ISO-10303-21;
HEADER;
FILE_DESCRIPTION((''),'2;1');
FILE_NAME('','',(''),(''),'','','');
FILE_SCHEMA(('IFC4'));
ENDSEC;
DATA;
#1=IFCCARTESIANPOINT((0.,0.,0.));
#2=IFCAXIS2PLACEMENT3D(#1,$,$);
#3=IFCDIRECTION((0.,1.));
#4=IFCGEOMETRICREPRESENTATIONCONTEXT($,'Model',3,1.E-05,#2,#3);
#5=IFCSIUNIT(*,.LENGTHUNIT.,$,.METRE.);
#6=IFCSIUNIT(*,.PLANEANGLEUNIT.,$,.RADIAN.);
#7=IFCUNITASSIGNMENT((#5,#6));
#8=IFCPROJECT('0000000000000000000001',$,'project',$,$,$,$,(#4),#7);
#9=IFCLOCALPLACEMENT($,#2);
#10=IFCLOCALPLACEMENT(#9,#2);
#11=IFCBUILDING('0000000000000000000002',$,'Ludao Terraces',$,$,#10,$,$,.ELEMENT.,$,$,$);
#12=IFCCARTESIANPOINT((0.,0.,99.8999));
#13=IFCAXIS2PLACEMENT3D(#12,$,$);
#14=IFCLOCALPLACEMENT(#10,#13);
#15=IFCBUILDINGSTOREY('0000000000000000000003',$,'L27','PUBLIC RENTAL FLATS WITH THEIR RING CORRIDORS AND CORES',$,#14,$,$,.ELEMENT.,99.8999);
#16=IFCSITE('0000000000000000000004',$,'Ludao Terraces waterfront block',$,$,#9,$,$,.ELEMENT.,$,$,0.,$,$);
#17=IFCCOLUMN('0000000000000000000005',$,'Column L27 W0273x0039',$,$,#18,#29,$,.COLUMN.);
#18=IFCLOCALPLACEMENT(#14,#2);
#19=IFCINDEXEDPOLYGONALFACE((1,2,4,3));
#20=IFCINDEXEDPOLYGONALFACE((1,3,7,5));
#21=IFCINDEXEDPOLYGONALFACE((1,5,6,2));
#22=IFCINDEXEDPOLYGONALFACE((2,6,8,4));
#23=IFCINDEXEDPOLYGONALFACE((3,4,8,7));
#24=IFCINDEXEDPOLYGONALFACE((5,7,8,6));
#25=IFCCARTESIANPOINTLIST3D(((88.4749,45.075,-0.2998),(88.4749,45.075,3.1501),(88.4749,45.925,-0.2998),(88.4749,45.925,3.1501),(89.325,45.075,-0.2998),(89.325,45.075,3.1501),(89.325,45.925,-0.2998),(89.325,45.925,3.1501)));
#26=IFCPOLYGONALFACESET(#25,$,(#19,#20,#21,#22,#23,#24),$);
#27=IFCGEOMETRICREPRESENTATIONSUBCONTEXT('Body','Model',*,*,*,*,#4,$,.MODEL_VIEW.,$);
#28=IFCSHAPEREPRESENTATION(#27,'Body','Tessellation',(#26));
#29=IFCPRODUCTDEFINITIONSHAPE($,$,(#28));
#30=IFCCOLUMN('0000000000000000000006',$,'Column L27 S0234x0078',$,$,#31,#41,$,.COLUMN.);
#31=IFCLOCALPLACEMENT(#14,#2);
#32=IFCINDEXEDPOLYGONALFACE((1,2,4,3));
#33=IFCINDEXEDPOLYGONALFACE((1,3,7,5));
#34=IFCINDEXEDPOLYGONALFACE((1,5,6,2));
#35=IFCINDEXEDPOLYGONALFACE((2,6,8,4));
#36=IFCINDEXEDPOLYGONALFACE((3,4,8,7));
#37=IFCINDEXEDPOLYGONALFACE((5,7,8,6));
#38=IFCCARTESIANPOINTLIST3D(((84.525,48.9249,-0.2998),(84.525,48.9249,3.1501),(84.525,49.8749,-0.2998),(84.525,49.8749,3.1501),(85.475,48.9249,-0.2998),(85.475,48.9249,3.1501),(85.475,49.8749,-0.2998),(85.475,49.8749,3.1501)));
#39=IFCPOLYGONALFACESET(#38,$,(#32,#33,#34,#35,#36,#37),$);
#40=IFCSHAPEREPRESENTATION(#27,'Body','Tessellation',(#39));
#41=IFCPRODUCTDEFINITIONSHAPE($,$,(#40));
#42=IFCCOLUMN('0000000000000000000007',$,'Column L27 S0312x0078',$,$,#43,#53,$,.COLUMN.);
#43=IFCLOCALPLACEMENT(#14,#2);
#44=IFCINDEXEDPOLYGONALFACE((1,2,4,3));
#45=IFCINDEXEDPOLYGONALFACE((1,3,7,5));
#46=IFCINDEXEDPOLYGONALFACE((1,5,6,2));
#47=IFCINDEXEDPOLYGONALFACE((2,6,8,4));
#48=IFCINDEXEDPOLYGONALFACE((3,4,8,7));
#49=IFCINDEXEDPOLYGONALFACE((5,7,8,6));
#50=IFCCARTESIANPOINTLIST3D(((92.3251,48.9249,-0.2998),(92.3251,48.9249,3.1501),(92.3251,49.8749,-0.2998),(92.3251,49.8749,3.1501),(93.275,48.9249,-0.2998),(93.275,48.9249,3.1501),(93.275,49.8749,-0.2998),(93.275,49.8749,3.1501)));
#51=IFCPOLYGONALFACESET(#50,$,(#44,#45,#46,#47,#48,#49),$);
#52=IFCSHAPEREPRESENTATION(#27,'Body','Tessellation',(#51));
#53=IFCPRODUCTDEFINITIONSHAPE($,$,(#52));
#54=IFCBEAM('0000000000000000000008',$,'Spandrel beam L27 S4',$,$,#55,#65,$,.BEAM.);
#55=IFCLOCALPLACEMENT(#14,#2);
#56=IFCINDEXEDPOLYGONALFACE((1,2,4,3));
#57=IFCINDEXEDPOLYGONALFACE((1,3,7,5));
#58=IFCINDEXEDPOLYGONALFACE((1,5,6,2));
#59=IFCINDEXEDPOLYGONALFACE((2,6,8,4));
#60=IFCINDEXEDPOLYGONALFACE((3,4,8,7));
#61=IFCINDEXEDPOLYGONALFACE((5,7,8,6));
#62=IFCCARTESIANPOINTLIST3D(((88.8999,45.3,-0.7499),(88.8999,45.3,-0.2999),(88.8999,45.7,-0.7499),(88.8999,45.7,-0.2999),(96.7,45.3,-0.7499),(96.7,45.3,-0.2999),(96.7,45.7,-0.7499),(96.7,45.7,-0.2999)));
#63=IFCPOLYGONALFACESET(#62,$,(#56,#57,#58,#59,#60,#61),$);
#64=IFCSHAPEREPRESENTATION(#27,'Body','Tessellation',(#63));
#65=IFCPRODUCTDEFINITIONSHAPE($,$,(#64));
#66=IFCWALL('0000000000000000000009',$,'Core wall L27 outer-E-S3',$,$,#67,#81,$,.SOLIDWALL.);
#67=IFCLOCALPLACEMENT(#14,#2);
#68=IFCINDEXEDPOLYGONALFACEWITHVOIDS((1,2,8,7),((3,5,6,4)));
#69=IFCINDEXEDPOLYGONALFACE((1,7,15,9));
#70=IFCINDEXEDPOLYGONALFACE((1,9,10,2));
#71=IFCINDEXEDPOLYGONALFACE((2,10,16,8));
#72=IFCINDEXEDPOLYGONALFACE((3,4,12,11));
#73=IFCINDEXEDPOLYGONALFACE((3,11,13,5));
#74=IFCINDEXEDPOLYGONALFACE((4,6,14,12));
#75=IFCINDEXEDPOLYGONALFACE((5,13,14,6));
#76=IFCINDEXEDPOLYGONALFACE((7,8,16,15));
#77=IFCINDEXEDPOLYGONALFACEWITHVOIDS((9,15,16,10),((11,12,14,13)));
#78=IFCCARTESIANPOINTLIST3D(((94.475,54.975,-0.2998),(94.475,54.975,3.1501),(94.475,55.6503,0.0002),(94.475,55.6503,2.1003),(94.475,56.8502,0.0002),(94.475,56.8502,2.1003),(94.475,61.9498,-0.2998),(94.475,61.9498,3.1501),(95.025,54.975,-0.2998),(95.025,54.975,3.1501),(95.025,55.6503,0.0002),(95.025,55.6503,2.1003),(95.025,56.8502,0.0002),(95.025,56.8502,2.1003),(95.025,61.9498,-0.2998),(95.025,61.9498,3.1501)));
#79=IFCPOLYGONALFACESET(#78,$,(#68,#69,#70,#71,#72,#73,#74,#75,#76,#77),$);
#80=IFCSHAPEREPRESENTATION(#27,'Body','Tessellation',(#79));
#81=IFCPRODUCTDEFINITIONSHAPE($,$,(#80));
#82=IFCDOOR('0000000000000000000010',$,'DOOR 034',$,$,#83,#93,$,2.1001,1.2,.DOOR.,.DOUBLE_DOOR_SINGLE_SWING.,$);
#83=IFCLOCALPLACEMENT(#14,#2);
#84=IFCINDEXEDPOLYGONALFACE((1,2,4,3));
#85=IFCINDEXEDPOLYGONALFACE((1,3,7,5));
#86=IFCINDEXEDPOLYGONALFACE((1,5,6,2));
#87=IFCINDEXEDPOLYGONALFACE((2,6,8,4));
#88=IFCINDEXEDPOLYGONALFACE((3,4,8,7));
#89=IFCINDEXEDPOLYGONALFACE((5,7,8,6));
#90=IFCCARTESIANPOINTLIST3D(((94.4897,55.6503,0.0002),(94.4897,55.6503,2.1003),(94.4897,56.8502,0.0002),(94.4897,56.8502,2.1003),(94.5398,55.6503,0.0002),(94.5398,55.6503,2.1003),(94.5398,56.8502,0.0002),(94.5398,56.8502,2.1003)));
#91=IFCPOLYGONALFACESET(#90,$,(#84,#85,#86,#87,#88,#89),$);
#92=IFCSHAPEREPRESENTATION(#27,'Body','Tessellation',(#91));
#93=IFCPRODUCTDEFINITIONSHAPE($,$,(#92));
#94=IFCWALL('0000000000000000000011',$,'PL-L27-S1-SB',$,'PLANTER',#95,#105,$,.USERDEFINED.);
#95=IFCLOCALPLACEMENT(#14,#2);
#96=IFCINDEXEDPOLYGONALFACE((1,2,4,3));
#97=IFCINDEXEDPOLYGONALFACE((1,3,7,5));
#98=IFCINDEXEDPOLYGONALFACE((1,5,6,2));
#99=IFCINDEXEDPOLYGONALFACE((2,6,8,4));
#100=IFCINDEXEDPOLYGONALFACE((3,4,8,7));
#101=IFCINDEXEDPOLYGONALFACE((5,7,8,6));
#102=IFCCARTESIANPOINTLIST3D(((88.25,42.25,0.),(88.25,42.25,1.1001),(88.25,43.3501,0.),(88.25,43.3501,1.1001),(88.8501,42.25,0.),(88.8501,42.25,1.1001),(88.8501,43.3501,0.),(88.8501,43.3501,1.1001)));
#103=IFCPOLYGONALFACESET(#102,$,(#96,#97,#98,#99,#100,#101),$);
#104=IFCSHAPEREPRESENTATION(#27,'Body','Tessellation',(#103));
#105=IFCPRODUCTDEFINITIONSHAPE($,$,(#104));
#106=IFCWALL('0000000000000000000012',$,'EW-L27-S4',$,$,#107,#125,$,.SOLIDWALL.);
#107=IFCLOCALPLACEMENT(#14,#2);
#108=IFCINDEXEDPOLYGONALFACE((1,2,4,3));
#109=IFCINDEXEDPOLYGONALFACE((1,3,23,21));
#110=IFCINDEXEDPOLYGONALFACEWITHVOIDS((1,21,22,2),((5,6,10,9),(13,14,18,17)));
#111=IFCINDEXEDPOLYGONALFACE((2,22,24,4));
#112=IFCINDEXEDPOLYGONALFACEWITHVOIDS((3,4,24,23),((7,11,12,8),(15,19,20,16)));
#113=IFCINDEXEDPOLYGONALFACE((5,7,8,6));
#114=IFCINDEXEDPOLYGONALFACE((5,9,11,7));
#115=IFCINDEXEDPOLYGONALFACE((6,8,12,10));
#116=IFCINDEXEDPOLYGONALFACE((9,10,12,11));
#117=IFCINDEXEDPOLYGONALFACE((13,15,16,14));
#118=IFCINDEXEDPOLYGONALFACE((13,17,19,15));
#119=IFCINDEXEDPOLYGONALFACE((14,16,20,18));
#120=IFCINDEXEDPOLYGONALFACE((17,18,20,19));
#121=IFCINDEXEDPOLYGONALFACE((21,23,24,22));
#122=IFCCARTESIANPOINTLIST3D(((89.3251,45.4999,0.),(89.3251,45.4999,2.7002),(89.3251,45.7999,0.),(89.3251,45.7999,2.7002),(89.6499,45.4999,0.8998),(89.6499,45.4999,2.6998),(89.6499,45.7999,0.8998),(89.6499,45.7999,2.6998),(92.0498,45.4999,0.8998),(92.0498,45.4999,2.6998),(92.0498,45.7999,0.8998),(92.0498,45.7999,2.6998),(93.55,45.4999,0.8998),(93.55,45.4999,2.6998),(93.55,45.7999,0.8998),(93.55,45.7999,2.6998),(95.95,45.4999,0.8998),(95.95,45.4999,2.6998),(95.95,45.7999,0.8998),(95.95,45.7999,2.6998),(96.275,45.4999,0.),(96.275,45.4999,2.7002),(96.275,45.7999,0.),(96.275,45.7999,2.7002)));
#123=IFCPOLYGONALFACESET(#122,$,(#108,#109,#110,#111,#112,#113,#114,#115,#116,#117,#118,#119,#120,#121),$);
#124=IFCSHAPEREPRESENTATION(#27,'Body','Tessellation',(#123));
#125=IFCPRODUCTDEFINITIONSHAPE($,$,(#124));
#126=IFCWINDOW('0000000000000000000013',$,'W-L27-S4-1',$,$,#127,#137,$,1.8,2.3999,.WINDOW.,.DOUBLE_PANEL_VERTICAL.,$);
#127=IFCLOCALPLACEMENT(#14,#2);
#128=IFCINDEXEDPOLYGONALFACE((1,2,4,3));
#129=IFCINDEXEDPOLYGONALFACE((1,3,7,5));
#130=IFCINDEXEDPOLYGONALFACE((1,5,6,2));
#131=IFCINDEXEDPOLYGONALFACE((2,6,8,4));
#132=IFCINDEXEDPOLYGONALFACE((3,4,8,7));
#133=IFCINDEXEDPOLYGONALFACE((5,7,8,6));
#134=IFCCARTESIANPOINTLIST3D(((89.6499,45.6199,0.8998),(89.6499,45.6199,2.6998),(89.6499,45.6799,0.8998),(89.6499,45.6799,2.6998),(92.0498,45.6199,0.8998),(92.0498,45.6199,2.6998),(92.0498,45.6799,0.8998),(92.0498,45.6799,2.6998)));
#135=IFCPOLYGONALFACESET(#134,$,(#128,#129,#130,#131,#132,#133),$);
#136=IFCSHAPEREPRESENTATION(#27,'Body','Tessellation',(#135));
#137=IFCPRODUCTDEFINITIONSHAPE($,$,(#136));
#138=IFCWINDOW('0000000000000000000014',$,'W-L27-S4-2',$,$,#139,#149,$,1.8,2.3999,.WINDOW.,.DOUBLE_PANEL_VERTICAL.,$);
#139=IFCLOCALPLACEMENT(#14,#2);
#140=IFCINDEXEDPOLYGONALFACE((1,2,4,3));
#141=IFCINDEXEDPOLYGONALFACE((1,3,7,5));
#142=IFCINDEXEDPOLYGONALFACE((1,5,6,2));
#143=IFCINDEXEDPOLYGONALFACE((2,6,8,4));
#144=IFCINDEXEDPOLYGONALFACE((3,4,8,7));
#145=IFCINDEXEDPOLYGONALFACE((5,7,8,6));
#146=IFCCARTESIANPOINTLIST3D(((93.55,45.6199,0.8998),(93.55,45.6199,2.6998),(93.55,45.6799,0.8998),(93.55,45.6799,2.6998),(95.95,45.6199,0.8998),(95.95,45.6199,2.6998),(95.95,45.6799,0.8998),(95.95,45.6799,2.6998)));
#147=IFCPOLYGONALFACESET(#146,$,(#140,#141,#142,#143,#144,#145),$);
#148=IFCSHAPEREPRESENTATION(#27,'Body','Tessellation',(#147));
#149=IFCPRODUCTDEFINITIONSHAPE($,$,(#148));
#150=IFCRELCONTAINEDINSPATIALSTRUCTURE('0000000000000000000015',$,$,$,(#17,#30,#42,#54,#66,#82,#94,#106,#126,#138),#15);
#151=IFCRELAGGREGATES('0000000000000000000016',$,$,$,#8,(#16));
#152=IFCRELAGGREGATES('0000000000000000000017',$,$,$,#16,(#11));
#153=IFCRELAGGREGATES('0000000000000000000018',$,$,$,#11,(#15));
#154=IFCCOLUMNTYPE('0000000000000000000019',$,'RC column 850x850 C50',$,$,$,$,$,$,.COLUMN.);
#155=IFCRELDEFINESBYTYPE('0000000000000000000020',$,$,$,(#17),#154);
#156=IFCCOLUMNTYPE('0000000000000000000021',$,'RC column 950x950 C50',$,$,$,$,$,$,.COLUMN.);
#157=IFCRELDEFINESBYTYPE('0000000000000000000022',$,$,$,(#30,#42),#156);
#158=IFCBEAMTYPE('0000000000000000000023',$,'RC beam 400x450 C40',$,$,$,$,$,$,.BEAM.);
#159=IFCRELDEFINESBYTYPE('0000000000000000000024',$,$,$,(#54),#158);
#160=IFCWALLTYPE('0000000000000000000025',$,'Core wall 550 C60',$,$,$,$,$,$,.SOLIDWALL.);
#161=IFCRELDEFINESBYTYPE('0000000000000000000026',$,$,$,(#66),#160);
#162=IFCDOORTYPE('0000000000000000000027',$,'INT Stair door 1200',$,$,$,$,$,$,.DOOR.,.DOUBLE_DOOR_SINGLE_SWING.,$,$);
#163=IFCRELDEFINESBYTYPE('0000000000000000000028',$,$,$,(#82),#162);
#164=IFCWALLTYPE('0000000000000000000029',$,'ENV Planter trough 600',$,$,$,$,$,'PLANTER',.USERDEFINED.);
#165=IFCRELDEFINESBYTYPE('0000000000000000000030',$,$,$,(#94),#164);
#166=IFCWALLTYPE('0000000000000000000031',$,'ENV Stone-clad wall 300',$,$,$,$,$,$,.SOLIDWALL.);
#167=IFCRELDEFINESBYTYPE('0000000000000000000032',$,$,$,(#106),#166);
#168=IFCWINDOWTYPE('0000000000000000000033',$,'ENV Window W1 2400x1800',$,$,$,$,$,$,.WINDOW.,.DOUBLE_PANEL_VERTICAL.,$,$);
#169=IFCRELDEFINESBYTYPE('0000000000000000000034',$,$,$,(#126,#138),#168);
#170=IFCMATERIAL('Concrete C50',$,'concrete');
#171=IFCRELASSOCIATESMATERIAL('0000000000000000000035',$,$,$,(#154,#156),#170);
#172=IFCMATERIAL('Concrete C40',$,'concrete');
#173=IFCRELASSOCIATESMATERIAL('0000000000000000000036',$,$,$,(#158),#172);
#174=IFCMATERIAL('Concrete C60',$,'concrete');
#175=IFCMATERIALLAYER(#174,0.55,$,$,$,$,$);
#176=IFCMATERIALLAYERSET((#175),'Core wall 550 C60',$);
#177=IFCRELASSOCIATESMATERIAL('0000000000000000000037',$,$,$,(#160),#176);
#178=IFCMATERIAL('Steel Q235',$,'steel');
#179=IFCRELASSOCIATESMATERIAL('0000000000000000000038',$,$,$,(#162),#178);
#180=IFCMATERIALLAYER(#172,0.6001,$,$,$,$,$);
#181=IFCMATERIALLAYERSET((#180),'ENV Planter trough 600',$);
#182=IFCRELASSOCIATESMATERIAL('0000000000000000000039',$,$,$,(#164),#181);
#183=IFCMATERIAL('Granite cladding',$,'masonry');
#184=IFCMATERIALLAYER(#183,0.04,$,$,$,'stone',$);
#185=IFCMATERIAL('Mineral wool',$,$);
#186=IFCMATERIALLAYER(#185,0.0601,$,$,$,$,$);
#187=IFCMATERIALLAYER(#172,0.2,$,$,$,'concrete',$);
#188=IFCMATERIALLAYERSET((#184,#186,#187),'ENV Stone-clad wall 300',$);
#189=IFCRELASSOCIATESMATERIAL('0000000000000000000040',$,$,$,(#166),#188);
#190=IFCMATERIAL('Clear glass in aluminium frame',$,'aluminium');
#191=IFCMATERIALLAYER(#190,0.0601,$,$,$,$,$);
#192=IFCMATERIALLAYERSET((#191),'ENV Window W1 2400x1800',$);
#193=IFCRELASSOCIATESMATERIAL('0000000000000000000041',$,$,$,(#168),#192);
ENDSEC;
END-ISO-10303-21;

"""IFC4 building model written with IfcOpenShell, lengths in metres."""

from ifc_helpers import new_model, si_unit, direction, frame, frame_2d, origin, origin_2d, place, context, subcontext, project, spatial, rectangle, extrude, material, layer, layer_set, material_profile, profile_set, type_object, element, fill, save


model = new_model("IFC4")

# Units and contexts
model_context = context("Model", 3, precision=1e-05, world=origin(), true_north=direction((0.0, 1.0)))
body_context = subcontext(model_context, "Body", "Model", "MODEL_VIEW")
ifc_project = project(units=[si_unit("LENGTHUNIT", "METRE"), si_unit("PLANEANGLEUNIT", "RADIAN")], contexts=[model_context])

# Site, building, storey
site_placement = place(None, origin())
site = spatial("IfcSite", under=ifc_project, at=site_placement, Name="Ludao Terraces waterfront block", CompositionType="ELEMENT", RefElevation=0.0)
building_placement = place(site_placement, origin())
building = spatial("IfcBuilding", under=site, at=building_placement, Name="Ludao Terraces", CompositionType="ELEMENT")
storey_placement = place(building_placement, frame((0.0, 0.0, 99.8999)))
storey = spatial("IfcBuildingStorey", under=building, at=storey_placement, Name="L27", Description="PUBLIC RENTAL FLATS WITH THEIR RING CORRIDORS AND CORES", CompositionType="ELEMENT", Elevation=99.8999)

# Columns
ifc_material_1 = material(Name="Concrete C50", Category="concrete")
ifc_material_profile_1 = material_profile(ifc_material_1, rectangle(XDim=0.8501, YDim=0.8501, at=origin_2d()), Name="850 X 850")
ifc_profile_set_1 = profile_set([ifc_material_profile_1], Name="Concrete C50")
column_type_1 = type_object("IfcColumnType", Name="RC column 850x850 C50", PredefinedType="COLUMN", material=ifc_profile_set_1)
column_placement = place(storey_placement, frame((88.8999, 45.5, -0.2998), z_axis=(0.0, 0.0, 1.0), x_axis=(1.0, 0.0, 0.0)))
element("IfcColumn", 1, at=column_placement, inside=storey, type_object=column_type_1, Name="Column L27 W0273x0039", PredefinedType="COLUMN", context=body_context, shape_type="SweptSolid", body=[
    extrude(rectangle(XDim=0.8501, YDim=0.8501, at=origin_2d()), origin(), (0.0, 0.0, 1.0), 3.45),
])
ifc_material_profile_2 = material_profile(ifc_material_1, rectangle(XDim=0.95, YDim=0.95, at=origin_2d()), Name="950 X 950")
ifc_profile_set_2 = profile_set([ifc_material_profile_2], Name="Concrete C50")
column_type_2 = type_object("IfcColumnType", Name="RC column 950x950 C50", PredefinedType="COLUMN", material=ifc_profile_set_2)
for number, where, z_axis, x_axis, name in (
    (2, (85.0, 49.3999, -0.2998), (0.0, 0.0, 1.0), (1.0, 0.0, 0.0), "Column L27 S0234x0078"),
    (3, (92.8, 49.3999, -0.2998), (0.0, 0.0, 1.0), (1.0, 0.0, 0.0), "Column L27 S0312x0078"),
):
    element("IfcColumn", number, at=place(storey_placement, frame(where, z_axis=z_axis, x_axis=x_axis)), inside=storey, type_object=column_type_2, Name=name, PredefinedType="COLUMN", context=body_context, shape_type="SweptSolid", body=[
        extrude(rectangle(XDim=0.95, YDim=0.95, at=origin_2d()), origin(), (0.0, 0.0, 1.0), 3.45),
    ])

# Beam
ifc_material_2 = material(Name="Concrete C40", Category="concrete")
ifc_material_profile_3 = material_profile(ifc_material_2, rectangle(XDim=0.3999, YDim=0.45, at=origin_2d()), Name="400 X 450")
ifc_profile_set_3 = profile_set([ifc_material_profile_3], Name="Concrete C40")
beam_type = type_object("IfcBeamType", Name="RC beam 400x450 C40", PredefinedType="BEAM", material=ifc_profile_set_3)
beam_placement = place(storey_placement, frame((88.8999, 45.5, -0.5249), z_axis=(1.0, 0.0, 0.0), x_axis=(0.0, 1.0, 0.0)))
element("IfcBeam", 4, at=beam_placement, inside=storey, type_object=beam_type, Name="Spandrel beam L27 S4", PredefinedType="BEAM", context=body_context, shape_type="SweptSolid", body=[
    extrude(rectangle(XDim=0.3999, YDim=0.45, at=origin_2d()), origin(), (0.0, 0.0, 1.0), 7.8),
])

# Wall, opening, door
ifc_material_3 = material(Name="Concrete C60", Category="concrete")
ifc_layer_1 = layer(ifc_material_3, 0.55)
ifc_layer_set_1 = layer_set([ifc_layer_1], Name="Core wall 550 C60")
wall_type_1 = type_object("IfcWallType", Name="Core wall 550 C60", PredefinedType="SOLIDWALL", material=ifc_layer_set_1)
wall_1_placement = place(storey_placement, frame((94.75, 54.9751, -0.2998), z_axis=(0.0, 0.0, 1.0), x_axis=(0.0, 1.0, 0.0)))
wall_1 = element("IfcWall", 5, at=wall_1_placement, inside=storey, type_object=wall_type_1, Name="Core wall L27 outer-E-S3", PredefinedType="SOLIDWALL", context=body_context, shape_type="SweptSolid", body=[
    extrude(rectangle(XDim=6.9749, YDim=0.55, at=frame_2d((3.4873, 0.0))), origin(), (0.0, 0.0, 1.0), 3.45),
])
opening_1_placement = place(wall_1_placement, frame((0.675, 0.0, 0.3)))
opening_1 = element("IfcOpeningElement", 6, at=opening_1_placement, cuts=wall_1, PredefinedType="OPENING", context=body_context, shape_type="SweptSolid", body=[
    extrude(rectangle(XDim=1.2, YDim=2.1001, at=frame_2d((0.6001, 1.05))), frame((0.0, 0.2852, 0.0), z_axis=(0.0, -1.0, 0.0), x_axis=(1.0, 0.0, 0.0)), (0.0, 0.0, 1.0), 0.5701),
])
ifc_material_4 = material(Name="Steel Q235", Category="steel")
door_type_1 = type_object("IfcDoorType", Name="INT Stair door 1200", OperationType="DOUBLE_DOOR_SINGLE_SWING", PredefinedType="DOOR", material=ifc_material_4)
door_1_placement = place(opening_1_placement, origin())
door_1 = element("IfcDoor", 7, at=door_1_placement, inside=storey, type_object=door_type_1, Name="DOOR 034", OperationType="DOUBLE_DOOR_SINGLE_SWING", OverallHeight=2.1001, OverallWidth=1.2, PredefinedType="DOOR", context=body_context, shape_type="SweptSolid", body=[
    extrude(rectangle(XDim=1.2, YDim=2.1001, at=frame_2d((0.6001, 1.05))), frame((0.0, 0.2603, 0.0), z_axis=(0.0, -1.0, 0.0), x_axis=(1.0, 0.0, 0.0)), (0.0, 0.0, 1.0), 0.05),
])
fill(opening_1, door_1)

# Wall
ifc_layer_2 = layer(ifc_material_2, 0.6001)
ifc_layer_set_2 = layer_set([ifc_layer_2], Name="ENV Planter trough 600")
wall_type_2 = type_object("IfcWallType", Name="ENV Planter trough 600", ElementType="PLANTER", PredefinedType="USERDEFINED", material=ifc_layer_set_2)
wall_2_placement = place(storey_placement, frame((88.55, 42.25, 0.0), z_axis=(0.0, 0.0, 1.0), x_axis=(0.0, 1.0, 0.0)))
element("IfcWall", 8, at=wall_2_placement, inside=storey, type_object=wall_type_2, Name="PL-L27-S1-SB", ObjectType="PLANTER", PredefinedType="USERDEFINED", context=body_context, shape_type="SweptSolid", body=[
    extrude(rectangle(XDim=1.1001, YDim=0.6001, at=frame_2d((0.55, 0.0))), origin(), (0.0, 0.0, 1.0), 1.1001),
])

# Wall, openings, windows
ifc_material_5 = material(Name="Granite cladding", Category="masonry")
ifc_layer_3 = layer(ifc_material_5, 0.04, Category="stone")
ifc_material_6 = material(Name="Mineral wool")
ifc_layer_4 = layer(ifc_material_6, 0.0601)
ifc_layer_5 = layer(ifc_material_2, 0.2, Category="concrete")
ifc_layer_set_3 = layer_set([ifc_layer_3, ifc_layer_4, ifc_layer_5], Name="ENV Stone-clad wall 300")
wall_type_3 = type_object("IfcWallType", Name="ENV Stone-clad wall 300", PredefinedType="SOLIDWALL", material=ifc_layer_set_3)
wall_3_placement = place(storey_placement, frame((89.325, 45.6499, 0.0), z_axis=(0.0, 0.0, 1.0), x_axis=(1.0, 0.0, 0.0)))
wall_3 = element("IfcWall", 9, at=wall_3_placement, inside=storey, type_object=wall_type_3, Name="EW-L27-S4", PredefinedType="SOLIDWALL", context=body_context, shape_type="SweptSolid", body=[
    extrude(rectangle(XDim=6.95, YDim=0.3, at=frame_2d((3.4751, 0.0))), origin(), (0.0, 0.0, 1.0), 2.7002),
])
opening_2_placement = place(wall_3_placement, frame((0.325, 0.0, 0.8999)))
opening_2 = element("IfcOpeningElement", 10, at=opening_2_placement, cuts=wall_3, PredefinedType="OPENING", context=body_context, shape_type="SweptSolid", body=[
    extrude(rectangle(XDim=2.3999, YDim=1.8, at=frame_2d((1.2, 0.8999))), frame((0.0, 0.1602, 0.0), z_axis=(0.0, -1.0, 0.0), x_axis=(1.0, 0.0, 0.0)), (0.0, 0.0, 1.0), 0.3201),
])
opening_3_placement = place(wall_3_placement, frame((4.2251, 0.0, 0.8999)))
opening_3 = element("IfcOpeningElement", 11, at=opening_3_placement, cuts=wall_3, PredefinedType="OPENING", context=body_context, shape_type="SweptSolid", body=[
    extrude(rectangle(XDim=2.3999, YDim=1.8, at=frame_2d((1.2, 0.8999))), frame((0.0, 0.1602, 0.0), z_axis=(0.0, -1.0, 0.0), x_axis=(1.0, 0.0, 0.0)), (0.0, 0.0, 1.0), 0.3201),
])
ifc_material_7 = material(Name="Clear glass in aluminium frame", Category="aluminium")
ifc_layer_6 = layer(ifc_material_7, 0.0601)
ifc_layer_set_4 = layer_set([ifc_layer_6], Name="ENV Window W1 2400x1800")
window_type = type_object("IfcWindowType", Name="ENV Window W1 2400x1800", PartitioningType="DOUBLE_PANEL_VERTICAL", PredefinedType="WINDOW", material=ifc_layer_set_4)
window_1_placement = place(opening_2_placement, origin())
window_1 = element("IfcWindow", 12, at=window_1_placement, inside=storey, type_object=window_type, Name="W-L27-S4-1", OverallHeight=1.8, OverallWidth=2.3999, PartitioningType="DOUBLE_PANEL_VERTICAL", PredefinedType="WINDOW", context=body_context, shape_type="SweptSolid", body=[
    extrude(rectangle(XDim=2.3999, YDim=1.8, at=frame_2d((1.2, 0.8999))), frame((0.0, 0.03, 0.0), z_axis=(0.0, -1.0, 0.0), x_axis=(1.0, 0.0, 0.0)), (0.0, 0.0, 1.0), 0.0601),
])
fill(opening_2, window_1)
window_2_placement = place(opening_3_placement, origin())
window_2 = element("IfcWindow", 13, at=window_2_placement, inside=storey, type_object=window_type, Name="W-L27-S4-2", OverallHeight=1.8, OverallWidth=2.3999, PartitioningType="DOUBLE_PANEL_VERTICAL", PredefinedType="WINDOW", context=body_context, shape_type="SweptSolid", body=[
    extrude(rectangle(XDim=2.3999, YDim=1.8, at=frame_2d((1.2, 0.8999))), frame((0.0, 0.03, 0.0), z_axis=(0.0, -1.0, 0.0), x_axis=(1.0, 0.0, 0.0)), (0.0, 0.0, 1.0), 0.0601),
])
fill(opening_3, window_2)

save(model, "model.ifc")
